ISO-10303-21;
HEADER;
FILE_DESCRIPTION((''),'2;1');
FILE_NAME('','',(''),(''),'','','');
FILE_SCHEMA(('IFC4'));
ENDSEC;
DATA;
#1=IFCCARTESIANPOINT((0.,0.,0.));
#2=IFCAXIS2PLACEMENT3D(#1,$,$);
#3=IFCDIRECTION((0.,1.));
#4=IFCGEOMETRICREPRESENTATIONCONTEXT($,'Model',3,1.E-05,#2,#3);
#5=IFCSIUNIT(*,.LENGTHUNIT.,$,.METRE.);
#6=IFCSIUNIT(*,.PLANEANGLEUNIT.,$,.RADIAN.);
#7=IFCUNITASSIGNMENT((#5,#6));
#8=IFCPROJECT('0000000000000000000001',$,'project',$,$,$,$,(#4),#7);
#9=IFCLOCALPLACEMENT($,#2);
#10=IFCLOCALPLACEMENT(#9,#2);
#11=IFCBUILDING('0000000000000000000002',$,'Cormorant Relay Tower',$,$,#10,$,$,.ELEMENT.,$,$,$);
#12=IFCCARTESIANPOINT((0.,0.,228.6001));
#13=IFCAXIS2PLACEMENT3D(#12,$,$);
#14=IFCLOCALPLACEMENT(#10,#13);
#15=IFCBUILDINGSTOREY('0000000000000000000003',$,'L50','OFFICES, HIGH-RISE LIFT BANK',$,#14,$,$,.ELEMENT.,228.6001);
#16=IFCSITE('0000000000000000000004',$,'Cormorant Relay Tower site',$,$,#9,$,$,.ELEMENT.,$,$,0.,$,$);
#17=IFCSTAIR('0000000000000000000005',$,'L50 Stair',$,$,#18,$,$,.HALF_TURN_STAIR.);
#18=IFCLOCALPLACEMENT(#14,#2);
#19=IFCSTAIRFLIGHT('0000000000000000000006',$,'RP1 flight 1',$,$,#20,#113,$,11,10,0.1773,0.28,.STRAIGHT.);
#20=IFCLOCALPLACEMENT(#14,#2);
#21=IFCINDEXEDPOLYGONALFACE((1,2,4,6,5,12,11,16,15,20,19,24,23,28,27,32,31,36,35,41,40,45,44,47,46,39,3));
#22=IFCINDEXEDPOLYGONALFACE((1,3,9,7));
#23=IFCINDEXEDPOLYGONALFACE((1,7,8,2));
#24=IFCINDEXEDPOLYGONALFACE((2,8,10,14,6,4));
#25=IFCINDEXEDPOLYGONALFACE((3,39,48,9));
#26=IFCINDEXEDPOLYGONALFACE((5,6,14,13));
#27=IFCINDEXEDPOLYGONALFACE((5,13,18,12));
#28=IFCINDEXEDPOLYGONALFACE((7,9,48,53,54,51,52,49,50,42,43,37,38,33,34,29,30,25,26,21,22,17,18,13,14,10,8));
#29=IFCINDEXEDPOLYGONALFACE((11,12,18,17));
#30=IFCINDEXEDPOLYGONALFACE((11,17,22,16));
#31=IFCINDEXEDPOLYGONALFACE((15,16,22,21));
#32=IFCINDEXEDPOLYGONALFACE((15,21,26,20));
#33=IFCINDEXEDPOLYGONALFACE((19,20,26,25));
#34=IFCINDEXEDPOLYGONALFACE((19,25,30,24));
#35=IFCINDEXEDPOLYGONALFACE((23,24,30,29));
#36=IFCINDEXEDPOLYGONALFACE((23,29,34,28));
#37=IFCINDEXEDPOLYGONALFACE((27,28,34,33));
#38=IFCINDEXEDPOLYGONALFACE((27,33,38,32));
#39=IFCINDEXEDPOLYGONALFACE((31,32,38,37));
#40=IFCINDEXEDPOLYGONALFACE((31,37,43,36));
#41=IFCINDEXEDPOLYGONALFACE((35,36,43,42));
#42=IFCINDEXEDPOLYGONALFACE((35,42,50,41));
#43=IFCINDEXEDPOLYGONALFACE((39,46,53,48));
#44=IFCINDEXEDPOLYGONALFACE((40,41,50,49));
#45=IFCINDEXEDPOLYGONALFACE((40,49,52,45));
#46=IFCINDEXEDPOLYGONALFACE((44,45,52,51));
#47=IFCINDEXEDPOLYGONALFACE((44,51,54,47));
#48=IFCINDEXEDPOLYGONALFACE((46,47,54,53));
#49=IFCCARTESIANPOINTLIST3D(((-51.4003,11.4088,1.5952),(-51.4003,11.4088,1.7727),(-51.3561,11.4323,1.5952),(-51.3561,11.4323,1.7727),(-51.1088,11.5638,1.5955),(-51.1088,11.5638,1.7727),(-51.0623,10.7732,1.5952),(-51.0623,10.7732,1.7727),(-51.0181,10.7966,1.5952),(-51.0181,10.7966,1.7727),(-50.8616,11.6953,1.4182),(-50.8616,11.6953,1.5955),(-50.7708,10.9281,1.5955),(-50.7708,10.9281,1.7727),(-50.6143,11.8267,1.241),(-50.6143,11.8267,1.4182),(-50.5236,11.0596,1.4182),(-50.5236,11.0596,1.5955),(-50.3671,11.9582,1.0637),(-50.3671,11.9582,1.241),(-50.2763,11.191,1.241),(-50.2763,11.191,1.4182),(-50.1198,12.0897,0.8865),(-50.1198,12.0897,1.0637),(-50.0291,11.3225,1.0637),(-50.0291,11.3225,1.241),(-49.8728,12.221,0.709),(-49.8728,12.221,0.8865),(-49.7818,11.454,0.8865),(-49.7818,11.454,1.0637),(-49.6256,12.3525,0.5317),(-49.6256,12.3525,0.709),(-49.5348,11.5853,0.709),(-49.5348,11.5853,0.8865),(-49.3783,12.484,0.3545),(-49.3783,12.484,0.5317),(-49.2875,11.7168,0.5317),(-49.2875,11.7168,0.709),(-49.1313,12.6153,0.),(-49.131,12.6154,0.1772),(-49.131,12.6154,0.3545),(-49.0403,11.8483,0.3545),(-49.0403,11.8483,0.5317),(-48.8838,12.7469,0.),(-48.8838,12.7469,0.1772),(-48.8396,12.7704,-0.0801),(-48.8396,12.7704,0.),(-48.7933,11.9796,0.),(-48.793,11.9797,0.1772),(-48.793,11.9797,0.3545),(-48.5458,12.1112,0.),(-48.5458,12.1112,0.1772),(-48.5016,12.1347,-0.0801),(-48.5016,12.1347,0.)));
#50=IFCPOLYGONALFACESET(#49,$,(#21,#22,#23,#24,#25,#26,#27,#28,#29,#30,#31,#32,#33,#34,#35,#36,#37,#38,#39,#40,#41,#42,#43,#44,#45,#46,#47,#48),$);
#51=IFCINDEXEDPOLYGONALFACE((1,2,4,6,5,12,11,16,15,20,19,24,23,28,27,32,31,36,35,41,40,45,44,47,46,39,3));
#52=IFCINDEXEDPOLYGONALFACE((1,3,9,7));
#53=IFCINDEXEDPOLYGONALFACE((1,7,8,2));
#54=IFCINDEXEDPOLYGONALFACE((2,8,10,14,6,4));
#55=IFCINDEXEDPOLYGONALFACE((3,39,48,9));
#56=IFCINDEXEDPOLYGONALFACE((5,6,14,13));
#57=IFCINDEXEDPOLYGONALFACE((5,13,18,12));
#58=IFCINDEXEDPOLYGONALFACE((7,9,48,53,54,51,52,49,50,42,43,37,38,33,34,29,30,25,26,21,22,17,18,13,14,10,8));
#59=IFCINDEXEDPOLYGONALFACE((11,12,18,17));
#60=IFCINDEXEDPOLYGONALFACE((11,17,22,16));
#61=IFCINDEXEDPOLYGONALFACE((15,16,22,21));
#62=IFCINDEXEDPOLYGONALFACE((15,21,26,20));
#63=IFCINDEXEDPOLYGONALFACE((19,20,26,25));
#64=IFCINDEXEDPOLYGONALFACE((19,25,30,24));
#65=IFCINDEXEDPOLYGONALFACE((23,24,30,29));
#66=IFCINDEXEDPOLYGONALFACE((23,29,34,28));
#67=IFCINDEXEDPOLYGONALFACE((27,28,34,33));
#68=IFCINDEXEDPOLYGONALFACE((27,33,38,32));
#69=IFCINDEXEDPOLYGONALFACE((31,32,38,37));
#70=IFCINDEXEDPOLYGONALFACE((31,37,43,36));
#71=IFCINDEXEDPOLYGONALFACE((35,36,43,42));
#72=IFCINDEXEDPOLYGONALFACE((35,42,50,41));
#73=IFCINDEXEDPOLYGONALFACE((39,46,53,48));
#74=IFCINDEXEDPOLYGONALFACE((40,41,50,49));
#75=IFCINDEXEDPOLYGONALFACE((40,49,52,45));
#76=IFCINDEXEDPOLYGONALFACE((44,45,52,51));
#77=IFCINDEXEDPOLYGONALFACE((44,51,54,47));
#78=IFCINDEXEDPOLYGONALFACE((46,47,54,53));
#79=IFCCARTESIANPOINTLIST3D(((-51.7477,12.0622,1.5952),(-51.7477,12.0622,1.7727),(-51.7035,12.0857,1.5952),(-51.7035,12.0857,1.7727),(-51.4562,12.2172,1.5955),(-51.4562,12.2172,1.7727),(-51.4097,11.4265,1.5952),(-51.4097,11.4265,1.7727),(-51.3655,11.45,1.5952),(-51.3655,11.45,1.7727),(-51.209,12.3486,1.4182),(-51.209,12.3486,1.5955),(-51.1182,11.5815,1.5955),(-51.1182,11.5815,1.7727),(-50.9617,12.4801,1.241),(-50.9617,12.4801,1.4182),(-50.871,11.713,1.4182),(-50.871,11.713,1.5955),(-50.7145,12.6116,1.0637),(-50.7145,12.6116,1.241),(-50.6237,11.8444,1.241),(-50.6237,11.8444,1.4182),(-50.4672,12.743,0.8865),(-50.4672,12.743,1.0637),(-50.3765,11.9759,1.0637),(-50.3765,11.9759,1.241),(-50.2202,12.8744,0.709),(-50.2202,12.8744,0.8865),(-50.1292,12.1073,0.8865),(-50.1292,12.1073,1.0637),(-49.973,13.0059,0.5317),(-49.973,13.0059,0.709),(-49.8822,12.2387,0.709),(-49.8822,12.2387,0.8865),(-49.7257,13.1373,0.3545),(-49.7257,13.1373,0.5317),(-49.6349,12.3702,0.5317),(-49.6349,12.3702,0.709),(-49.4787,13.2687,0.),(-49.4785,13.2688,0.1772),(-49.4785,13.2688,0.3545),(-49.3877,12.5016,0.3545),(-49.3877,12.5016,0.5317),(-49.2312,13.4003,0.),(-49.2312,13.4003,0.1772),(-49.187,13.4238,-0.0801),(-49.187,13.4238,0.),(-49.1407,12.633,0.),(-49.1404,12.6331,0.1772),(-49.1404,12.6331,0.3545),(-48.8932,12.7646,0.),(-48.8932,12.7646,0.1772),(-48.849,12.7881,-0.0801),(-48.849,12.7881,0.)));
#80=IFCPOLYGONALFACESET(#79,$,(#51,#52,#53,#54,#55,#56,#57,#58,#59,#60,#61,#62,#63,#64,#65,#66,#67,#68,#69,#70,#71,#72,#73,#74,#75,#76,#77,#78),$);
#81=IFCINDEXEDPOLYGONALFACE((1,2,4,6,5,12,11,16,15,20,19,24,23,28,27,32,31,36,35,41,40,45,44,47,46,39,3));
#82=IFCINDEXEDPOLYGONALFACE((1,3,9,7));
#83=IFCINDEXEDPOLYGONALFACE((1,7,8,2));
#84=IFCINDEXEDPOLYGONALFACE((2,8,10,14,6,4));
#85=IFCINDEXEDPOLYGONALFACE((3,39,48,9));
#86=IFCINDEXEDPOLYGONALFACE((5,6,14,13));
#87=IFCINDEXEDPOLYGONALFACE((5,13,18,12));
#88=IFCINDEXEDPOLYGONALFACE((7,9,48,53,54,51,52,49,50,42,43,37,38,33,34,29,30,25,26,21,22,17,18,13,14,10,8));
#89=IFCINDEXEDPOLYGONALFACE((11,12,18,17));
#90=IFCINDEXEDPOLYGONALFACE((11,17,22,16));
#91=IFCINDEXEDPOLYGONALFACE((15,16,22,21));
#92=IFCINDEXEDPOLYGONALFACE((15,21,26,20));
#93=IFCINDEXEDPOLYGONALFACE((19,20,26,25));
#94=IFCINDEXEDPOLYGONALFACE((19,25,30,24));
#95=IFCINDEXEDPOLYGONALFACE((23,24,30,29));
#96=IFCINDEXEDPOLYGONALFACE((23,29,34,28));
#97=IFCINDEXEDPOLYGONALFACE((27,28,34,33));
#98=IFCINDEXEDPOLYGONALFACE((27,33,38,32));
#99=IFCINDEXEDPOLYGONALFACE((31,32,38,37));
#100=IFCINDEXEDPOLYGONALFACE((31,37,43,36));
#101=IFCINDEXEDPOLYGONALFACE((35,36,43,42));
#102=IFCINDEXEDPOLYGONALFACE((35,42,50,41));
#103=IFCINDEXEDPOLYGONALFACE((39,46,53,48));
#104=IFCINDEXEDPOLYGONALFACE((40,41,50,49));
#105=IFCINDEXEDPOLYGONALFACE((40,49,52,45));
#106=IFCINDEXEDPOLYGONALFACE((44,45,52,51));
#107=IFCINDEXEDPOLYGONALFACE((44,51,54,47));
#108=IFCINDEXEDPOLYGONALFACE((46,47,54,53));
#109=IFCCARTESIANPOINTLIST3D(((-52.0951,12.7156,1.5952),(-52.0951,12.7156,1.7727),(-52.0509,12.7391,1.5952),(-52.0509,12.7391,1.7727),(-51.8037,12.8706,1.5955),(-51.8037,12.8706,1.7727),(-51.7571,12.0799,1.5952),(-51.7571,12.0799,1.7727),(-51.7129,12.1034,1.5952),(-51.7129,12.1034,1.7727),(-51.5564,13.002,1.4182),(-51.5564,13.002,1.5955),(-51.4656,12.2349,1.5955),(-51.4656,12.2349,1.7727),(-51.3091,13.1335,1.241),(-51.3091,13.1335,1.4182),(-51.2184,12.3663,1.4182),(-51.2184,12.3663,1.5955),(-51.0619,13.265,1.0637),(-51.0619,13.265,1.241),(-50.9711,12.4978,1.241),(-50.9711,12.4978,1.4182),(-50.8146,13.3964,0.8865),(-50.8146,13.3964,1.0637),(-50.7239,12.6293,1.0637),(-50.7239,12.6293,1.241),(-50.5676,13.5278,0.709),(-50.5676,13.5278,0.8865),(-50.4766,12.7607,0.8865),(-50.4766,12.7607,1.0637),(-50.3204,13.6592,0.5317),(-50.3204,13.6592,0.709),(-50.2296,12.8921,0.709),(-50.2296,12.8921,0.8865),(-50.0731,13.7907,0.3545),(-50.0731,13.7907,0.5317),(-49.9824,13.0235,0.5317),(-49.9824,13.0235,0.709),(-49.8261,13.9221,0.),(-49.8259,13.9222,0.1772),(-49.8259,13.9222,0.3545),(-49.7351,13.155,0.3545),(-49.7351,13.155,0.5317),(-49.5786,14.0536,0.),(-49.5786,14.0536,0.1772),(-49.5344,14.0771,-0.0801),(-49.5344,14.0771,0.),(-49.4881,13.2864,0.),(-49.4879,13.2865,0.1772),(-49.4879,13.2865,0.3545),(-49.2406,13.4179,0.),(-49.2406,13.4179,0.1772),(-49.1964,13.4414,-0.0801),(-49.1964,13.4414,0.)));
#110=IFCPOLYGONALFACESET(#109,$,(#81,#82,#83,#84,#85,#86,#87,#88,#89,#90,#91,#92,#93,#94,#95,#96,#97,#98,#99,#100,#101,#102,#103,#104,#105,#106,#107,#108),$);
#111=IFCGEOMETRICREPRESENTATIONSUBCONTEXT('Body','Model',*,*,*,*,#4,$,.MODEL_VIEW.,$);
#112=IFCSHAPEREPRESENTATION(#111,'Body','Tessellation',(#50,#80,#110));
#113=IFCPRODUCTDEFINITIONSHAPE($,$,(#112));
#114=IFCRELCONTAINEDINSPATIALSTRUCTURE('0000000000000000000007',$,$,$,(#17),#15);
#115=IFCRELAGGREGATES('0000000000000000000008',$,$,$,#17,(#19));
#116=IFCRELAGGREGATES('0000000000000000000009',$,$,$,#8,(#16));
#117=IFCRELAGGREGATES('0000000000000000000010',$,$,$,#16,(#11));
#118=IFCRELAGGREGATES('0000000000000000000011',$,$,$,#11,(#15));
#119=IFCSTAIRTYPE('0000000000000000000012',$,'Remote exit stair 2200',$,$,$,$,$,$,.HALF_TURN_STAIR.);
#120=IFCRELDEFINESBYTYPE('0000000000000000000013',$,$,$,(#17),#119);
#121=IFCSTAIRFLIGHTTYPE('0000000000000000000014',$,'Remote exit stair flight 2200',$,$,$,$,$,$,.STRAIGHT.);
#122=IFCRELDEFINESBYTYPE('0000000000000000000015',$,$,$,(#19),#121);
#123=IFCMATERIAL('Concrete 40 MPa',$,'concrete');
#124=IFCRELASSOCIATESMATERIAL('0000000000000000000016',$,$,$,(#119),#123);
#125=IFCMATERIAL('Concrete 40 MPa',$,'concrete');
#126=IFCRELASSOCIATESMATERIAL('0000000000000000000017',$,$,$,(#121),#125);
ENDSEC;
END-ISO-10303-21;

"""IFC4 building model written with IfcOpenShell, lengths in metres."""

from ifc_helpers import new_model, si_unit, direction, frame, origin, place, context, subcontext, project, spatial, polyline, outline, extrude, material, type_object, element, aggregate, save


model = new_model("IFC4")

# Units and contexts
model_context = context("Model", 3, precision=1e-05, world=origin(), true_north=direction((0.0, 1.0)))
body_context = subcontext(model_context, "Body", "Model", "MODEL_VIEW")
ifc_project = project(units=[si_unit("LENGTHUNIT", "METRE"), si_unit("PLANEANGLEUNIT", "RADIAN")], contexts=[model_context])

# Site, building, storey
site_placement = place(None, origin())
site = spatial("IfcSite", under=ifc_project, at=site_placement, Name="Cormorant Relay Tower site", CompositionType="ELEMENT", RefElevation=0.0)
building_placement = place(site_placement, origin())
building = spatial("IfcBuilding", under=site, at=building_placement, Name="Cormorant Relay Tower", CompositionType="ELEMENT")
storey_placement = place(building_placement, frame((0.0, 0.0, 228.6001)))
storey = spatial("IfcBuildingStorey", under=building, at=storey_placement, Name="L50", Description="OFFICES, HIGH-RISE LIFT BANK", CompositionType="ELEMENT", Elevation=228.6001)

# Stair, stair flight
ifc_material_1 = material(Name="Concrete 40 MPa", Category="concrete")
stair_type = type_object("IfcStairType", Name="Remote exit stair 2200", PredefinedType="HALF_TURN_STAIR", material=ifc_material_1)
stair_placement = place(storey_placement, origin())
stair = element("IfcStair", 1, at=stair_placement, inside=storey, type_object=stair_type, Name="L50 Stair", PredefinedType="HALF_TURN_STAIR")
ifc_material_2 = material(Name="Concrete 40 MPa", Category="concrete")
stair_flight_type = type_object("IfcStairFlightType", Name="Remote exit stair flight 2200", PredefinedType="STRAIGHT", material=ifc_material_2)
stair_flight_1_placement = place(storey_placement, frame((-49.0623, 13.0825, 0.0), z_axis=(0.0, 0.0, 1.0), x_axis=(-0.882948, -0.469472, 0.0)))
stair_flight_1 = element("IfcStairFlight", 2, at=stair_flight_1_placement, type_object=stair_flight_type, Name="RP1 flight 1", NumberOfRisers=11, NumberOfTreads=10, PredefinedType="STRAIGHT", RiserHeight=0.1773, TreadLength=0.28, context=body_context, shape_type="SweptSolid", body=[
    extrude(outline(polyline([(-0.05, -0.0801), (-0.05, 0.0), (0.0, 0.0), (0.0, 0.1772), (0.28, 0.1772), (0.28, 0.3545), (0.5601, 0.3545), (0.5601, 0.5317), (0.8401, 0.5317), (0.8401, 0.709), (1.1201, 0.709), (1.1201, 0.8865), (1.3999, 0.8865), (1.3999, 1.0637), (1.6799, 1.0637), (1.6799, 1.241), (1.96, 1.241), (1.96, 1.4182), (2.24, 1.4182), (2.24, 1.5955), (2.52, 1.5955), (2.52, 1.7727), (2.8, 1.7727), (2.8501, 1.7727), (2.8501, 1.5952), (2.8, 1.5952), (0.2803, 0.0), (-0.05, -0.0801)])), frame((0.0, 1.1001, 0.0), z_axis=(0.0, -1.0, 0.0), x_axis=(1.0, 0.0, 0.0)), (0.0, 0.0, 1.0), 0.72),
    extrude(outline(polyline([(-0.05, -0.0801), (-0.05, 0.0), (0.0, 0.0), (0.0, 0.1772), (0.28, 0.1772), (0.28, 0.3545), (0.5601, 0.3545), (0.5601, 0.5317), (0.8401, 0.5317), (0.8401, 0.709), (1.1201, 0.709), (1.1201, 0.8865), (1.3999, 0.8865), (1.3999, 1.0637), (1.6799, 1.0637), (1.6799, 1.241), (1.96, 1.241), (1.96, 1.4182), (2.24, 1.4182), (2.24, 1.5955), (2.52, 1.5955), (2.52, 1.7727), (2.8, 1.7727), (2.8501, 1.7727), (2.8501, 1.5952), (2.8, 1.5952), (0.2803, 0.0), (-0.05, -0.0801)])), frame((0.0, 0.3601, 0.0), z_axis=(0.0, -1.0, 0.0), x_axis=(1.0, 0.0, 0.0)), (0.0, 0.0, 1.0), 0.72),
    extrude(outline(polyline([(-0.05, -0.0801), (-0.05, 0.0), (0.0, 0.0), (0.0, 0.1772), (0.28, 0.1772), (0.28, 0.3545), (0.5601, 0.3545), (0.5601, 0.5317), (0.8401, 0.5317), (0.8401, 0.709), (1.1201, 0.709), (1.1201, 0.8865), (1.3999, 0.8865), (1.3999, 1.0637), (1.6799, 1.0637), (1.6799, 1.241), (1.96, 1.241), (1.96, 1.4182), (2.24, 1.4182), (2.24, 1.5955), (2.52, 1.5955), (2.52, 1.7727), (2.8, 1.7727), (2.8501, 1.7727), (2.8501, 1.5952), (2.8, 1.5952), (0.2803, 0.0), (-0.05, -0.0801)])), frame((0.0, -0.3799, 0.0), z_axis=(0.0, -1.0, 0.0), x_axis=(1.0, 0.0, 0.0)), (0.0, 0.0, 1.0), 0.72),
])
aggregate(stair, [stair_flight_1])

save(model, "model.ifc")
